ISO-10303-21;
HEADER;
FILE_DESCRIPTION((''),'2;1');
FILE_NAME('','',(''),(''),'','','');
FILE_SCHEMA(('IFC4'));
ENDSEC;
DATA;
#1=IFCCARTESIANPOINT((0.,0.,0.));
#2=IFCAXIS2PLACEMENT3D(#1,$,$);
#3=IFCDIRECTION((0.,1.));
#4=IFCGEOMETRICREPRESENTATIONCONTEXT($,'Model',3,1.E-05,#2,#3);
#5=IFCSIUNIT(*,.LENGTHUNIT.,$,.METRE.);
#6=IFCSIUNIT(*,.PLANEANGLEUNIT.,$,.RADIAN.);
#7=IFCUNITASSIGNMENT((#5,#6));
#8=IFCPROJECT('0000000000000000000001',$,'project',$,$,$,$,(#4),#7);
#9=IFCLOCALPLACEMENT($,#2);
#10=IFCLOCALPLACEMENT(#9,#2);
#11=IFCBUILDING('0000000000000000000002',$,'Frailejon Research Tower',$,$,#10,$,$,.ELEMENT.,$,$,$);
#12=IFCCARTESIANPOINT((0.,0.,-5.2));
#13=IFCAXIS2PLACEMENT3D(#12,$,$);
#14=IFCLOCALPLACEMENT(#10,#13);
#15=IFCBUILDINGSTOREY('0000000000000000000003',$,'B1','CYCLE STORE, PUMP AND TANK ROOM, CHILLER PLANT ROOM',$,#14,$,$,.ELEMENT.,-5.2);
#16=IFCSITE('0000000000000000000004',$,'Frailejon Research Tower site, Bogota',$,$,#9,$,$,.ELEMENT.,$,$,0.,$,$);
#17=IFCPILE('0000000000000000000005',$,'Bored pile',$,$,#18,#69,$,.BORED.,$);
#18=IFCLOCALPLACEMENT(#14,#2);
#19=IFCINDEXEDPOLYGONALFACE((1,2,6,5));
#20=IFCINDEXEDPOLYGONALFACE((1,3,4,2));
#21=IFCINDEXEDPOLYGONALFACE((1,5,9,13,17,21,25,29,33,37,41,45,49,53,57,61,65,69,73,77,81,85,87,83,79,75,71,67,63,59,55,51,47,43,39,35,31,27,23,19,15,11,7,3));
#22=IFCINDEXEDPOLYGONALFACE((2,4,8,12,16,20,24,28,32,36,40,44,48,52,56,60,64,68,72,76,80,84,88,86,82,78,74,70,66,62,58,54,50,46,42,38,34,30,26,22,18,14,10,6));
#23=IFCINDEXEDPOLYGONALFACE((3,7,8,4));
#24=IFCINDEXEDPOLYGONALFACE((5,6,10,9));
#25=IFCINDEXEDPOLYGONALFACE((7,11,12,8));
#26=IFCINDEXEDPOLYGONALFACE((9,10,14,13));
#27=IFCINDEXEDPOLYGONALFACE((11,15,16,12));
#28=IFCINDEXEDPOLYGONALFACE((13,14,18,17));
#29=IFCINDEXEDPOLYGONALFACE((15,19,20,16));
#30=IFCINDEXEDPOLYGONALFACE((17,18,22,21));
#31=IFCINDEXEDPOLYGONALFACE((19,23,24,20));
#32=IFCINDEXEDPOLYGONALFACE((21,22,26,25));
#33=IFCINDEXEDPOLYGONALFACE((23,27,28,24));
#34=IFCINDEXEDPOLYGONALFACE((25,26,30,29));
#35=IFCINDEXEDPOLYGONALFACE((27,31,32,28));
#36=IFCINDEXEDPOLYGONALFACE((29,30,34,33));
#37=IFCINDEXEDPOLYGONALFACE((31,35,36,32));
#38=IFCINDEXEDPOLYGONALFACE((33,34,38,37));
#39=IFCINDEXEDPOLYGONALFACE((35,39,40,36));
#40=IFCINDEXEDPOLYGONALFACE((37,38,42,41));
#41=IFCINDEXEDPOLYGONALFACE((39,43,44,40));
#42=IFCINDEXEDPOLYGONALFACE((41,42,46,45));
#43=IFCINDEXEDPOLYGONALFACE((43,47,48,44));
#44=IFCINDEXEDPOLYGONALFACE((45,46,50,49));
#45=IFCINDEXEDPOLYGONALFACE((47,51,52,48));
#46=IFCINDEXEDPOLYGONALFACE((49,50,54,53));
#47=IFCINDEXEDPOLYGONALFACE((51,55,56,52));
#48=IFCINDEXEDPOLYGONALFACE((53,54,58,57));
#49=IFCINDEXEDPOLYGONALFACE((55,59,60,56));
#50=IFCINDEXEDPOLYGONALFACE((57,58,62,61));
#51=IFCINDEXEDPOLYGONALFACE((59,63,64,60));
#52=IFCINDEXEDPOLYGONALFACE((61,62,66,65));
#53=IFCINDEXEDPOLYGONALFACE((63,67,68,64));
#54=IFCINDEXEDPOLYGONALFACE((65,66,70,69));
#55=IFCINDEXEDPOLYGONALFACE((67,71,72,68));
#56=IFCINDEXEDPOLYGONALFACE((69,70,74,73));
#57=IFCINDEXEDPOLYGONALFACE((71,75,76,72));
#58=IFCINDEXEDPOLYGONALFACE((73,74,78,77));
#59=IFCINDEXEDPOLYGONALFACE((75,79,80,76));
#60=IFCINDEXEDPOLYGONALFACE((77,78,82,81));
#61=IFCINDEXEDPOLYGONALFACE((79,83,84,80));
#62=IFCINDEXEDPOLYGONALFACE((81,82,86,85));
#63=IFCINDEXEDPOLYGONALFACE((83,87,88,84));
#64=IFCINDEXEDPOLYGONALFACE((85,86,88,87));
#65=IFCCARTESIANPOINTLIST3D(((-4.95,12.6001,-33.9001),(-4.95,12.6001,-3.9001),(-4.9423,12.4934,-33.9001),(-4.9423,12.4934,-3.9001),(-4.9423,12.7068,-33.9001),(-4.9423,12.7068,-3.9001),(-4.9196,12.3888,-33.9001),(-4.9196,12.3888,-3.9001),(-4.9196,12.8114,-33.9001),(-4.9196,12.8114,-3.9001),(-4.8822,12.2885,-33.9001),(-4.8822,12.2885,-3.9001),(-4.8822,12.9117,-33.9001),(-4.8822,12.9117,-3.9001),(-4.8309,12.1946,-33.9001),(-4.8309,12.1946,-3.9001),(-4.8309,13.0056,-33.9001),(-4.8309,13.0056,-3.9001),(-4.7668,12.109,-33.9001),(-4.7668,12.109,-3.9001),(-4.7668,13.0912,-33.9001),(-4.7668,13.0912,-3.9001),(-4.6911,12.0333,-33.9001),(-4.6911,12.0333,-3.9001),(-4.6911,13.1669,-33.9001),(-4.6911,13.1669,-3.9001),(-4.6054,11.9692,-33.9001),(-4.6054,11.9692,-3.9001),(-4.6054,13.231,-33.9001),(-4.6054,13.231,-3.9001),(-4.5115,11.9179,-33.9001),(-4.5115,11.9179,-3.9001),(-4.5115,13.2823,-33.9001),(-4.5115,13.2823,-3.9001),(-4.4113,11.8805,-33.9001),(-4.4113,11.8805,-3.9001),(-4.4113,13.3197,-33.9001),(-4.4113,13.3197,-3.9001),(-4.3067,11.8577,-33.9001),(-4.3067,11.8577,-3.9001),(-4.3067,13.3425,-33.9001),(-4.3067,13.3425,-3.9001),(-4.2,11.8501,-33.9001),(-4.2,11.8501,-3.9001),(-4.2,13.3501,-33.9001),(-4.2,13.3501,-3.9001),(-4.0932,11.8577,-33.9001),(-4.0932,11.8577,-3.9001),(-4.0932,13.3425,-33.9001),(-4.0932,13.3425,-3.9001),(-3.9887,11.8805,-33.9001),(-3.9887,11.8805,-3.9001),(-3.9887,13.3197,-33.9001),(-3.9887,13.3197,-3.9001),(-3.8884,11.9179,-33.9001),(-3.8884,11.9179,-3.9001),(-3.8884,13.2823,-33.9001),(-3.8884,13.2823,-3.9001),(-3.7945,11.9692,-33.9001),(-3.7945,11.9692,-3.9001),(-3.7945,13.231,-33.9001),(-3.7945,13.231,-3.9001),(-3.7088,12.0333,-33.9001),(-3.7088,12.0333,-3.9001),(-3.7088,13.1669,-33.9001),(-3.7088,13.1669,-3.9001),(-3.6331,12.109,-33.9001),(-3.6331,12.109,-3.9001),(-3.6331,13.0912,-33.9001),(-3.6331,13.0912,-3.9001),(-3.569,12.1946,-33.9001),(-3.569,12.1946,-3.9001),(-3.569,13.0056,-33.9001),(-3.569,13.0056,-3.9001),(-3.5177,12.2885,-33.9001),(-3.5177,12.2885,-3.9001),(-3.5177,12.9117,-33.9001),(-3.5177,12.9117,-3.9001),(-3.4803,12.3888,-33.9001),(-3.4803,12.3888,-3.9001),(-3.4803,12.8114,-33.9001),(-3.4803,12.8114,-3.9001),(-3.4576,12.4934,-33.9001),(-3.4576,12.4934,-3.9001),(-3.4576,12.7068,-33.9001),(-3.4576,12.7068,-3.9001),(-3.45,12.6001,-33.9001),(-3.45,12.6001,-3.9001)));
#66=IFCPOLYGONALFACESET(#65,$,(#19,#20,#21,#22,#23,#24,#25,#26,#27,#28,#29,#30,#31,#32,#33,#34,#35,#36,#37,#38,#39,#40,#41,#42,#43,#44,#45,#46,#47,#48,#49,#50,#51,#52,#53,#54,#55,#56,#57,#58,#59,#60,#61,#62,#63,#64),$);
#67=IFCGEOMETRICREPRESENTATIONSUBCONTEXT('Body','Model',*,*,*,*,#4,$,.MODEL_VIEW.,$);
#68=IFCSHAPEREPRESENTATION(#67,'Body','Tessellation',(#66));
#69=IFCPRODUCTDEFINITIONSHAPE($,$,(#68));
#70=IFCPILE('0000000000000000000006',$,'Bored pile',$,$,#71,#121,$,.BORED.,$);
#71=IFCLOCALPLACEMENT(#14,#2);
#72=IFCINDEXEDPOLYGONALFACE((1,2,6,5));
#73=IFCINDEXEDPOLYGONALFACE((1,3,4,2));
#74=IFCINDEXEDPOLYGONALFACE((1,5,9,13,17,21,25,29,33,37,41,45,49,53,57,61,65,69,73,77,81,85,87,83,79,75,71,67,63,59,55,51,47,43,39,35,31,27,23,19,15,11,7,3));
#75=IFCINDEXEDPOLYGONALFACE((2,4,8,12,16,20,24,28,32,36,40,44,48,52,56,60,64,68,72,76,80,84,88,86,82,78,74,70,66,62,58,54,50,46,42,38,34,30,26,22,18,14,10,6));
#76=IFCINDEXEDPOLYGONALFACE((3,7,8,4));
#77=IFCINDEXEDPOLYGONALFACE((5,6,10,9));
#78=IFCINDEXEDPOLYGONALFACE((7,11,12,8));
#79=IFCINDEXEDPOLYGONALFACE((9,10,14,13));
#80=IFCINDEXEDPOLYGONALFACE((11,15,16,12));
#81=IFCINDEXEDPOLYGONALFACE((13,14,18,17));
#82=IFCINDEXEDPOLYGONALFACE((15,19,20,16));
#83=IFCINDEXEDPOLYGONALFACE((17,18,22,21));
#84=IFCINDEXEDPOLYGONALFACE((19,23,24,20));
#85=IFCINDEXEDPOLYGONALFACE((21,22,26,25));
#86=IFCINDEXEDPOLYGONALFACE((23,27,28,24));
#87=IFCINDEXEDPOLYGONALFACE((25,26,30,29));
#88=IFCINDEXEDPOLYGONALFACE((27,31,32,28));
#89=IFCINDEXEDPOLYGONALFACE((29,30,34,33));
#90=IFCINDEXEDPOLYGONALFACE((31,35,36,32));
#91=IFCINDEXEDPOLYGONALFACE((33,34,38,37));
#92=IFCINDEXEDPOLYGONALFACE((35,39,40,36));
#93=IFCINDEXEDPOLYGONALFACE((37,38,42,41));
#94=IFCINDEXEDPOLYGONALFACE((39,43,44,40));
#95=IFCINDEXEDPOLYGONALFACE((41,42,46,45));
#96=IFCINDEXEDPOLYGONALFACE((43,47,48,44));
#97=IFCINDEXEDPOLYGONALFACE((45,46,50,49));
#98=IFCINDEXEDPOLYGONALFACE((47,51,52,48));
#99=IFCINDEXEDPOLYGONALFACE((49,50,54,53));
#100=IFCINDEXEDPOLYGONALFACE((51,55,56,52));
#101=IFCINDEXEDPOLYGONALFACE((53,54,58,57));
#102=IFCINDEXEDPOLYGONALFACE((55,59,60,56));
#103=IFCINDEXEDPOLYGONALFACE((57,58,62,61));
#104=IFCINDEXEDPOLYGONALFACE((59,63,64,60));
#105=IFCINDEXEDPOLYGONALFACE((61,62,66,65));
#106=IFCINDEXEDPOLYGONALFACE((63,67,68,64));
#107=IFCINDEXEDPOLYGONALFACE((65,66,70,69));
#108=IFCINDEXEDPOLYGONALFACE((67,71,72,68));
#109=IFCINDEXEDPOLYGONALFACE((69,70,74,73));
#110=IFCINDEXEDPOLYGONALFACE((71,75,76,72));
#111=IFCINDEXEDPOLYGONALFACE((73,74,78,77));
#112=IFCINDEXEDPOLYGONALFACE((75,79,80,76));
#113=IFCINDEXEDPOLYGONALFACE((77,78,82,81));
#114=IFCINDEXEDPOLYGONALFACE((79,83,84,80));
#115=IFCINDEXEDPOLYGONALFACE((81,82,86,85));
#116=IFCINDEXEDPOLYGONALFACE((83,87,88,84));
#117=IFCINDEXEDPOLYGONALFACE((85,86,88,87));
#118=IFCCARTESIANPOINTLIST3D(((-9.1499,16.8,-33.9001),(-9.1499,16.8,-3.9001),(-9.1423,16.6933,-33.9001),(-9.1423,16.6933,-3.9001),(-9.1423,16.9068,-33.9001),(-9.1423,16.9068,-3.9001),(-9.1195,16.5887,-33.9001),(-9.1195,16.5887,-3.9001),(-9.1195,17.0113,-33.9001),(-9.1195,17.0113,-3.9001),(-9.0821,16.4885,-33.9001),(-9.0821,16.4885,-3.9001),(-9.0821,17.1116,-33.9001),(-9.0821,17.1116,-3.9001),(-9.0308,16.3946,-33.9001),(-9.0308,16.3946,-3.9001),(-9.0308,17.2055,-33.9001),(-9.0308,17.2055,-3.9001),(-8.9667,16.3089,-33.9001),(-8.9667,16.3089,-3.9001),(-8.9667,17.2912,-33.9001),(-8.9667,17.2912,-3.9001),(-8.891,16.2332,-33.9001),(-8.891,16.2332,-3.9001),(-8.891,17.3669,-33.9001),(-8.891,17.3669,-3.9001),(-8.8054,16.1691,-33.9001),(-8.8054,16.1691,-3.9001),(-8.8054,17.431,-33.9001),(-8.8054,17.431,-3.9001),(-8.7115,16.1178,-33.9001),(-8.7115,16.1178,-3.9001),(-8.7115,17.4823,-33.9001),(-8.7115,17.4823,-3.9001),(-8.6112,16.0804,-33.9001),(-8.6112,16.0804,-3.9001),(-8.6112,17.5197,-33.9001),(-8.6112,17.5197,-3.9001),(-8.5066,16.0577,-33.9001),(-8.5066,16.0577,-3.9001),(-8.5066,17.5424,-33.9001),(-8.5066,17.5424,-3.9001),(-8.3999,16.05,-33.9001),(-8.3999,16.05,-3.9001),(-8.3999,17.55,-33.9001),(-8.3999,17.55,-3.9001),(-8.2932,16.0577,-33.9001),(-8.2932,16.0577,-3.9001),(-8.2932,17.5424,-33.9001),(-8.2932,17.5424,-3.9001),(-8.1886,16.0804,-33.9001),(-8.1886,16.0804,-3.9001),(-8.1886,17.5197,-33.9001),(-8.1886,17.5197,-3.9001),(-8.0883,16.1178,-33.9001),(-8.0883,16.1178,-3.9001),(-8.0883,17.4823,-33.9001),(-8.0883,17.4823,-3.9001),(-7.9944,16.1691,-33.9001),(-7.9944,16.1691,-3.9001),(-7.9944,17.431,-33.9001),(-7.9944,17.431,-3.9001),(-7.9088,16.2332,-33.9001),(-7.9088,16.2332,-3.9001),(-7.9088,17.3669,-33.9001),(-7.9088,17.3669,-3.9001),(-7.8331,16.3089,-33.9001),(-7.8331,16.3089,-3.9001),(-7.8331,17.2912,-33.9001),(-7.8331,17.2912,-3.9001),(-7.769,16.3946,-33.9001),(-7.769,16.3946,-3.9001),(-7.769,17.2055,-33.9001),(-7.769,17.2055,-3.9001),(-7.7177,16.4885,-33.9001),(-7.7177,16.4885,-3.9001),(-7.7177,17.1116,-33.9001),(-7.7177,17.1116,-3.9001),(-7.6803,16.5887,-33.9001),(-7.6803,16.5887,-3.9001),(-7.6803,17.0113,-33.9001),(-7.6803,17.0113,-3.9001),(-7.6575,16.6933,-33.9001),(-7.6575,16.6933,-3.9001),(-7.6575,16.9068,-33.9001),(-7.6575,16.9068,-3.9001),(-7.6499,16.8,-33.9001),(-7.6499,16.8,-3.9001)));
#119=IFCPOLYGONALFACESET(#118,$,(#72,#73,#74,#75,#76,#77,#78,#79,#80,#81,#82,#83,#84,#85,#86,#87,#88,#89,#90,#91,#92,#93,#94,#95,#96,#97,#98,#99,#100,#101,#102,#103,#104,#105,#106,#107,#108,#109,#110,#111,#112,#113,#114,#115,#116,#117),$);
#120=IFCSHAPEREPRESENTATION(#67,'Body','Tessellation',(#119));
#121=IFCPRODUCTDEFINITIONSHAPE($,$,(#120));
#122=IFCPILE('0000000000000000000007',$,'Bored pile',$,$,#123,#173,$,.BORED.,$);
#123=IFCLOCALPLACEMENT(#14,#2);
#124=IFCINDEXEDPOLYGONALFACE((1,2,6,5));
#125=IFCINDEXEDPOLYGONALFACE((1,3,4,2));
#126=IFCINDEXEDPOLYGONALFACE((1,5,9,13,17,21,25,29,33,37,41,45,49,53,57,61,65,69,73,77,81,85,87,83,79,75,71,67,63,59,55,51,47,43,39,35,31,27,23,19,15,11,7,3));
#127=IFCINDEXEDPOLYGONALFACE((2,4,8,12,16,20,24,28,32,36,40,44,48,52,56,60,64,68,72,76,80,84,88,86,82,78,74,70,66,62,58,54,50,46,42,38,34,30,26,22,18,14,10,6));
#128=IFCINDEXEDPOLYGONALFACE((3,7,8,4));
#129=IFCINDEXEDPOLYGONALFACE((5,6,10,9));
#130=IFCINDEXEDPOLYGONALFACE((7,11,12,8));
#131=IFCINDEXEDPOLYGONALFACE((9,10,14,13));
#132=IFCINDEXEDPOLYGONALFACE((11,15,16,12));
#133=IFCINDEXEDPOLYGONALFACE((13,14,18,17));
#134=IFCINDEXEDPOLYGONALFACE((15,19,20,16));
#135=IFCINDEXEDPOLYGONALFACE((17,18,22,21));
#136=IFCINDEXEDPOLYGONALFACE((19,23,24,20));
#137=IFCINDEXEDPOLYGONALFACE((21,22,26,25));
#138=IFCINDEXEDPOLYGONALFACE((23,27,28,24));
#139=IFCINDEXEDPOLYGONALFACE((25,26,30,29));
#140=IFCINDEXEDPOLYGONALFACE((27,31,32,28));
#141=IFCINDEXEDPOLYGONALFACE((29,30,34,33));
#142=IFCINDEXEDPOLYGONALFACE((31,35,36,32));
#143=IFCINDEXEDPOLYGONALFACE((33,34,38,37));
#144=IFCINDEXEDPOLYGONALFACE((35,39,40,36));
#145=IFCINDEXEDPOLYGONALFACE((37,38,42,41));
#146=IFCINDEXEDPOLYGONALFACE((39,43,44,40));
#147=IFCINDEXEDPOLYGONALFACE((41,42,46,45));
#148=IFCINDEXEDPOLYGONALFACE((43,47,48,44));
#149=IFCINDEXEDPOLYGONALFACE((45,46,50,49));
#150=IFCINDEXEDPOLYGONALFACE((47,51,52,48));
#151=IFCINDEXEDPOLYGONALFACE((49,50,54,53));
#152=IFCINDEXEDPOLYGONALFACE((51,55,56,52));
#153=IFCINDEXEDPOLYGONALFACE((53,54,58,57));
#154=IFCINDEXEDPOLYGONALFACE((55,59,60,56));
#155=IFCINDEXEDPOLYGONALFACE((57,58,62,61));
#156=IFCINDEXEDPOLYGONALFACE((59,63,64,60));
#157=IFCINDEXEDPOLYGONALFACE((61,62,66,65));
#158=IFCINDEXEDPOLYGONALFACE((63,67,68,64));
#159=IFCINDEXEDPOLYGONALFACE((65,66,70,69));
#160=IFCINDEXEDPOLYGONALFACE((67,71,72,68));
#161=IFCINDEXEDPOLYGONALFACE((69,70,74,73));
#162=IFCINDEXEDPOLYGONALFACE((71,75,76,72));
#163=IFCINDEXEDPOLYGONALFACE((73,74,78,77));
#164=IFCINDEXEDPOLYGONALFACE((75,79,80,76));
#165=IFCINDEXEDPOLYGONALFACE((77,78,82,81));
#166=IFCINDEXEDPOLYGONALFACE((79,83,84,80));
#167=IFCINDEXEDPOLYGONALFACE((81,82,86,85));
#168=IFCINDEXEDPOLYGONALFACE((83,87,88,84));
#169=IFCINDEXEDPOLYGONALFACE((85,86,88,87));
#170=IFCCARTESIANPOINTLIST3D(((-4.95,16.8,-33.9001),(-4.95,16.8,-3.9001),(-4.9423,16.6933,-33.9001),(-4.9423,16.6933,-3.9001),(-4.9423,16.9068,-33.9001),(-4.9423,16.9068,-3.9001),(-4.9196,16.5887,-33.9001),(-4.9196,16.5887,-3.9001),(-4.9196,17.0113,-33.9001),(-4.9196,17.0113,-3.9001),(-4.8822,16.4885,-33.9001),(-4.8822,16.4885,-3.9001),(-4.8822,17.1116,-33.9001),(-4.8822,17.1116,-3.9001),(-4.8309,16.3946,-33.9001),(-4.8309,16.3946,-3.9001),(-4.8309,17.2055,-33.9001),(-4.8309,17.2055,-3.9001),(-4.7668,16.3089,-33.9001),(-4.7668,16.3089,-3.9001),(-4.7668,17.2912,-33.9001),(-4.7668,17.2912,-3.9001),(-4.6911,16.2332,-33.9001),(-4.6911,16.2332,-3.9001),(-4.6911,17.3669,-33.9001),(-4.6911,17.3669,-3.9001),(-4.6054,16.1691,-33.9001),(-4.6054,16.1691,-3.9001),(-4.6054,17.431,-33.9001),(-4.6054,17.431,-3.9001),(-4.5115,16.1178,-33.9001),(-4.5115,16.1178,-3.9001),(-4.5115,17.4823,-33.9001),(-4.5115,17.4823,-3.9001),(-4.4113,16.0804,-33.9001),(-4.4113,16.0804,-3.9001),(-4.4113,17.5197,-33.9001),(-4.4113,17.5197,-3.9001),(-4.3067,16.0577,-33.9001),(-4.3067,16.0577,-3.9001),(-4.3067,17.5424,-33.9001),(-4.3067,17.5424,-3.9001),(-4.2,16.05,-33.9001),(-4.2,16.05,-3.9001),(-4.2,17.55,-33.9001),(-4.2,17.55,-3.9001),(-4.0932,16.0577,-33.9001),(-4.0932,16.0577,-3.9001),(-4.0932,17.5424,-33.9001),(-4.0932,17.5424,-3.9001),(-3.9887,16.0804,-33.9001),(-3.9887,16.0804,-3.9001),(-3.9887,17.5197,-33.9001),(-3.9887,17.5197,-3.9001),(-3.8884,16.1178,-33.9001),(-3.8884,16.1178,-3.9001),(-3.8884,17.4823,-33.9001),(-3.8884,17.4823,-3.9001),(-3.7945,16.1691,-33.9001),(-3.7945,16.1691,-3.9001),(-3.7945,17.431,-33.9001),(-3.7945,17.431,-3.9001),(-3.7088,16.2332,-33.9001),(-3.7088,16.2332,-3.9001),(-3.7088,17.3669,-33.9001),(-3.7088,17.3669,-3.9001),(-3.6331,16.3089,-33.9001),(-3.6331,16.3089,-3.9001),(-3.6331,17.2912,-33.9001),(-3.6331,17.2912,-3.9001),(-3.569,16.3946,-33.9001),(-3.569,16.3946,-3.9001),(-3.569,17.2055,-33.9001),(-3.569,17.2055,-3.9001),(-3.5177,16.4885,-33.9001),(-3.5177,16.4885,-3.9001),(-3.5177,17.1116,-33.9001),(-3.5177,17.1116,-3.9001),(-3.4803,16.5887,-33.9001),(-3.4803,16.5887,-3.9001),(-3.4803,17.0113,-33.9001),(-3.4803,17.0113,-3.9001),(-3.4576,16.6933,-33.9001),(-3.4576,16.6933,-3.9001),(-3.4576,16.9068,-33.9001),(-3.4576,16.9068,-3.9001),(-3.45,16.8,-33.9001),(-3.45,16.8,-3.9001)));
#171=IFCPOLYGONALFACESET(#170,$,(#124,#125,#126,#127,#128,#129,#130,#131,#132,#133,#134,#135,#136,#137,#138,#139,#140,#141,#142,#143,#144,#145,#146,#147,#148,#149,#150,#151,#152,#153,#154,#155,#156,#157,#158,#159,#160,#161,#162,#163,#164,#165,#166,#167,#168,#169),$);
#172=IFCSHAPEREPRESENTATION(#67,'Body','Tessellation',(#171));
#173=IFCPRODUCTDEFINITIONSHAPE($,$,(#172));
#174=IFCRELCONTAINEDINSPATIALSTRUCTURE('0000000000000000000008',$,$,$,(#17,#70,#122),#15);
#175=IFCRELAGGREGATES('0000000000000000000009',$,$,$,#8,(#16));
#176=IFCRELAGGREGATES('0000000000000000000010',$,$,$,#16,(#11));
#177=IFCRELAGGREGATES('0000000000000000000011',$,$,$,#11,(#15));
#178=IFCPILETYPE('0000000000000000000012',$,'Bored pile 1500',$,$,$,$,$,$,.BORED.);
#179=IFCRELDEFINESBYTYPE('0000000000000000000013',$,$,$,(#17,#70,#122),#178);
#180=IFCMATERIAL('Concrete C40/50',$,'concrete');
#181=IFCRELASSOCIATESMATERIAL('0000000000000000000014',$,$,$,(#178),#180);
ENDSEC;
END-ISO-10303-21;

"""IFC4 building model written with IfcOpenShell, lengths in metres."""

from ifc_helpers import new_model, si_unit, direction, frame, origin, origin_2d, place, context, subcontext, project, spatial, circle, extrude, material, material_profile, profile_set, type_object, element, save


model = new_model("IFC4")

# Units and contexts
model_context = context("Model", 3, precision=1e-05, world=origin(), true_north=direction((0.0, 1.0)))
body_context = subcontext(model_context, "Body", "Model", "MODEL_VIEW")
ifc_project = project(units=[si_unit("LENGTHUNIT", "METRE"), si_unit("PLANEANGLEUNIT", "RADIAN")], contexts=[model_context])

# Site, building, storey
site_placement = place(None, origin())
site = spatial("IfcSite", under=ifc_project, at=site_placement, Name="Frailejon Research Tower site, Bogota", CompositionType="ELEMENT", RefElevation=0.0)
building_placement = place(site_placement, origin())
building = spatial("IfcBuilding", under=site, at=building_placement, Name="Frailejon Research Tower", CompositionType="ELEMENT")
storey_placement = place(building_placement, frame((0.0, 0.0, -5.2)))
storey = spatial("IfcBuildingStorey", under=building, at=storey_placement, Name="B1", Description="CYCLE STORE, PUMP AND TANK ROOM, CHILLER PLANT ROOM", CompositionType="ELEMENT", Elevation=-5.2)

# Piles
ifc_material_1 = material(Name="Concrete C40/50", Category="concrete")
ifc_material_profile_1 = material_profile(ifc_material_1, circle(Radius=0.75, at=origin_2d()), Name="Bored pile 1500")
ifc_profile_set_1 = profile_set([ifc_material_profile_1], Name="Concrete C40/50")
pile_type = type_object("IfcPileType", Name="Bored pile 1500", PredefinedType="BORED", material=ifc_profile_set_1)
for number, where, z_axis, x_axis, name in (
    (1, (-4.2, 12.6001, -3.9001), (0.0, 0.0, -1.0), (1.0, 0.0, 0.0), "Bored pile"),
    (2, (-8.3999, 16.8, -3.9001), (0.0, 0.0, -1.0), (1.0, 0.0, 0.0), "Bored pile"),
    (3, (-4.2, 16.8, -3.9001), (0.0, 0.0, -1.0), (1.0, 0.0, 0.0), "Bored pile"),
):
    element("IfcPile", number, at=place(storey_placement, frame(where, z_axis=z_axis, x_axis=x_axis)), inside=storey, type_object=pile_type, Name=name, PredefinedType="BORED", context=body_context, shape_type="SweptSolid", body=[
        extrude(circle(Radius=0.75, at=origin_2d()), origin(), (0.0, 0.0, 1.0), 30.0),
    ])

save(model, "model.ifc")
